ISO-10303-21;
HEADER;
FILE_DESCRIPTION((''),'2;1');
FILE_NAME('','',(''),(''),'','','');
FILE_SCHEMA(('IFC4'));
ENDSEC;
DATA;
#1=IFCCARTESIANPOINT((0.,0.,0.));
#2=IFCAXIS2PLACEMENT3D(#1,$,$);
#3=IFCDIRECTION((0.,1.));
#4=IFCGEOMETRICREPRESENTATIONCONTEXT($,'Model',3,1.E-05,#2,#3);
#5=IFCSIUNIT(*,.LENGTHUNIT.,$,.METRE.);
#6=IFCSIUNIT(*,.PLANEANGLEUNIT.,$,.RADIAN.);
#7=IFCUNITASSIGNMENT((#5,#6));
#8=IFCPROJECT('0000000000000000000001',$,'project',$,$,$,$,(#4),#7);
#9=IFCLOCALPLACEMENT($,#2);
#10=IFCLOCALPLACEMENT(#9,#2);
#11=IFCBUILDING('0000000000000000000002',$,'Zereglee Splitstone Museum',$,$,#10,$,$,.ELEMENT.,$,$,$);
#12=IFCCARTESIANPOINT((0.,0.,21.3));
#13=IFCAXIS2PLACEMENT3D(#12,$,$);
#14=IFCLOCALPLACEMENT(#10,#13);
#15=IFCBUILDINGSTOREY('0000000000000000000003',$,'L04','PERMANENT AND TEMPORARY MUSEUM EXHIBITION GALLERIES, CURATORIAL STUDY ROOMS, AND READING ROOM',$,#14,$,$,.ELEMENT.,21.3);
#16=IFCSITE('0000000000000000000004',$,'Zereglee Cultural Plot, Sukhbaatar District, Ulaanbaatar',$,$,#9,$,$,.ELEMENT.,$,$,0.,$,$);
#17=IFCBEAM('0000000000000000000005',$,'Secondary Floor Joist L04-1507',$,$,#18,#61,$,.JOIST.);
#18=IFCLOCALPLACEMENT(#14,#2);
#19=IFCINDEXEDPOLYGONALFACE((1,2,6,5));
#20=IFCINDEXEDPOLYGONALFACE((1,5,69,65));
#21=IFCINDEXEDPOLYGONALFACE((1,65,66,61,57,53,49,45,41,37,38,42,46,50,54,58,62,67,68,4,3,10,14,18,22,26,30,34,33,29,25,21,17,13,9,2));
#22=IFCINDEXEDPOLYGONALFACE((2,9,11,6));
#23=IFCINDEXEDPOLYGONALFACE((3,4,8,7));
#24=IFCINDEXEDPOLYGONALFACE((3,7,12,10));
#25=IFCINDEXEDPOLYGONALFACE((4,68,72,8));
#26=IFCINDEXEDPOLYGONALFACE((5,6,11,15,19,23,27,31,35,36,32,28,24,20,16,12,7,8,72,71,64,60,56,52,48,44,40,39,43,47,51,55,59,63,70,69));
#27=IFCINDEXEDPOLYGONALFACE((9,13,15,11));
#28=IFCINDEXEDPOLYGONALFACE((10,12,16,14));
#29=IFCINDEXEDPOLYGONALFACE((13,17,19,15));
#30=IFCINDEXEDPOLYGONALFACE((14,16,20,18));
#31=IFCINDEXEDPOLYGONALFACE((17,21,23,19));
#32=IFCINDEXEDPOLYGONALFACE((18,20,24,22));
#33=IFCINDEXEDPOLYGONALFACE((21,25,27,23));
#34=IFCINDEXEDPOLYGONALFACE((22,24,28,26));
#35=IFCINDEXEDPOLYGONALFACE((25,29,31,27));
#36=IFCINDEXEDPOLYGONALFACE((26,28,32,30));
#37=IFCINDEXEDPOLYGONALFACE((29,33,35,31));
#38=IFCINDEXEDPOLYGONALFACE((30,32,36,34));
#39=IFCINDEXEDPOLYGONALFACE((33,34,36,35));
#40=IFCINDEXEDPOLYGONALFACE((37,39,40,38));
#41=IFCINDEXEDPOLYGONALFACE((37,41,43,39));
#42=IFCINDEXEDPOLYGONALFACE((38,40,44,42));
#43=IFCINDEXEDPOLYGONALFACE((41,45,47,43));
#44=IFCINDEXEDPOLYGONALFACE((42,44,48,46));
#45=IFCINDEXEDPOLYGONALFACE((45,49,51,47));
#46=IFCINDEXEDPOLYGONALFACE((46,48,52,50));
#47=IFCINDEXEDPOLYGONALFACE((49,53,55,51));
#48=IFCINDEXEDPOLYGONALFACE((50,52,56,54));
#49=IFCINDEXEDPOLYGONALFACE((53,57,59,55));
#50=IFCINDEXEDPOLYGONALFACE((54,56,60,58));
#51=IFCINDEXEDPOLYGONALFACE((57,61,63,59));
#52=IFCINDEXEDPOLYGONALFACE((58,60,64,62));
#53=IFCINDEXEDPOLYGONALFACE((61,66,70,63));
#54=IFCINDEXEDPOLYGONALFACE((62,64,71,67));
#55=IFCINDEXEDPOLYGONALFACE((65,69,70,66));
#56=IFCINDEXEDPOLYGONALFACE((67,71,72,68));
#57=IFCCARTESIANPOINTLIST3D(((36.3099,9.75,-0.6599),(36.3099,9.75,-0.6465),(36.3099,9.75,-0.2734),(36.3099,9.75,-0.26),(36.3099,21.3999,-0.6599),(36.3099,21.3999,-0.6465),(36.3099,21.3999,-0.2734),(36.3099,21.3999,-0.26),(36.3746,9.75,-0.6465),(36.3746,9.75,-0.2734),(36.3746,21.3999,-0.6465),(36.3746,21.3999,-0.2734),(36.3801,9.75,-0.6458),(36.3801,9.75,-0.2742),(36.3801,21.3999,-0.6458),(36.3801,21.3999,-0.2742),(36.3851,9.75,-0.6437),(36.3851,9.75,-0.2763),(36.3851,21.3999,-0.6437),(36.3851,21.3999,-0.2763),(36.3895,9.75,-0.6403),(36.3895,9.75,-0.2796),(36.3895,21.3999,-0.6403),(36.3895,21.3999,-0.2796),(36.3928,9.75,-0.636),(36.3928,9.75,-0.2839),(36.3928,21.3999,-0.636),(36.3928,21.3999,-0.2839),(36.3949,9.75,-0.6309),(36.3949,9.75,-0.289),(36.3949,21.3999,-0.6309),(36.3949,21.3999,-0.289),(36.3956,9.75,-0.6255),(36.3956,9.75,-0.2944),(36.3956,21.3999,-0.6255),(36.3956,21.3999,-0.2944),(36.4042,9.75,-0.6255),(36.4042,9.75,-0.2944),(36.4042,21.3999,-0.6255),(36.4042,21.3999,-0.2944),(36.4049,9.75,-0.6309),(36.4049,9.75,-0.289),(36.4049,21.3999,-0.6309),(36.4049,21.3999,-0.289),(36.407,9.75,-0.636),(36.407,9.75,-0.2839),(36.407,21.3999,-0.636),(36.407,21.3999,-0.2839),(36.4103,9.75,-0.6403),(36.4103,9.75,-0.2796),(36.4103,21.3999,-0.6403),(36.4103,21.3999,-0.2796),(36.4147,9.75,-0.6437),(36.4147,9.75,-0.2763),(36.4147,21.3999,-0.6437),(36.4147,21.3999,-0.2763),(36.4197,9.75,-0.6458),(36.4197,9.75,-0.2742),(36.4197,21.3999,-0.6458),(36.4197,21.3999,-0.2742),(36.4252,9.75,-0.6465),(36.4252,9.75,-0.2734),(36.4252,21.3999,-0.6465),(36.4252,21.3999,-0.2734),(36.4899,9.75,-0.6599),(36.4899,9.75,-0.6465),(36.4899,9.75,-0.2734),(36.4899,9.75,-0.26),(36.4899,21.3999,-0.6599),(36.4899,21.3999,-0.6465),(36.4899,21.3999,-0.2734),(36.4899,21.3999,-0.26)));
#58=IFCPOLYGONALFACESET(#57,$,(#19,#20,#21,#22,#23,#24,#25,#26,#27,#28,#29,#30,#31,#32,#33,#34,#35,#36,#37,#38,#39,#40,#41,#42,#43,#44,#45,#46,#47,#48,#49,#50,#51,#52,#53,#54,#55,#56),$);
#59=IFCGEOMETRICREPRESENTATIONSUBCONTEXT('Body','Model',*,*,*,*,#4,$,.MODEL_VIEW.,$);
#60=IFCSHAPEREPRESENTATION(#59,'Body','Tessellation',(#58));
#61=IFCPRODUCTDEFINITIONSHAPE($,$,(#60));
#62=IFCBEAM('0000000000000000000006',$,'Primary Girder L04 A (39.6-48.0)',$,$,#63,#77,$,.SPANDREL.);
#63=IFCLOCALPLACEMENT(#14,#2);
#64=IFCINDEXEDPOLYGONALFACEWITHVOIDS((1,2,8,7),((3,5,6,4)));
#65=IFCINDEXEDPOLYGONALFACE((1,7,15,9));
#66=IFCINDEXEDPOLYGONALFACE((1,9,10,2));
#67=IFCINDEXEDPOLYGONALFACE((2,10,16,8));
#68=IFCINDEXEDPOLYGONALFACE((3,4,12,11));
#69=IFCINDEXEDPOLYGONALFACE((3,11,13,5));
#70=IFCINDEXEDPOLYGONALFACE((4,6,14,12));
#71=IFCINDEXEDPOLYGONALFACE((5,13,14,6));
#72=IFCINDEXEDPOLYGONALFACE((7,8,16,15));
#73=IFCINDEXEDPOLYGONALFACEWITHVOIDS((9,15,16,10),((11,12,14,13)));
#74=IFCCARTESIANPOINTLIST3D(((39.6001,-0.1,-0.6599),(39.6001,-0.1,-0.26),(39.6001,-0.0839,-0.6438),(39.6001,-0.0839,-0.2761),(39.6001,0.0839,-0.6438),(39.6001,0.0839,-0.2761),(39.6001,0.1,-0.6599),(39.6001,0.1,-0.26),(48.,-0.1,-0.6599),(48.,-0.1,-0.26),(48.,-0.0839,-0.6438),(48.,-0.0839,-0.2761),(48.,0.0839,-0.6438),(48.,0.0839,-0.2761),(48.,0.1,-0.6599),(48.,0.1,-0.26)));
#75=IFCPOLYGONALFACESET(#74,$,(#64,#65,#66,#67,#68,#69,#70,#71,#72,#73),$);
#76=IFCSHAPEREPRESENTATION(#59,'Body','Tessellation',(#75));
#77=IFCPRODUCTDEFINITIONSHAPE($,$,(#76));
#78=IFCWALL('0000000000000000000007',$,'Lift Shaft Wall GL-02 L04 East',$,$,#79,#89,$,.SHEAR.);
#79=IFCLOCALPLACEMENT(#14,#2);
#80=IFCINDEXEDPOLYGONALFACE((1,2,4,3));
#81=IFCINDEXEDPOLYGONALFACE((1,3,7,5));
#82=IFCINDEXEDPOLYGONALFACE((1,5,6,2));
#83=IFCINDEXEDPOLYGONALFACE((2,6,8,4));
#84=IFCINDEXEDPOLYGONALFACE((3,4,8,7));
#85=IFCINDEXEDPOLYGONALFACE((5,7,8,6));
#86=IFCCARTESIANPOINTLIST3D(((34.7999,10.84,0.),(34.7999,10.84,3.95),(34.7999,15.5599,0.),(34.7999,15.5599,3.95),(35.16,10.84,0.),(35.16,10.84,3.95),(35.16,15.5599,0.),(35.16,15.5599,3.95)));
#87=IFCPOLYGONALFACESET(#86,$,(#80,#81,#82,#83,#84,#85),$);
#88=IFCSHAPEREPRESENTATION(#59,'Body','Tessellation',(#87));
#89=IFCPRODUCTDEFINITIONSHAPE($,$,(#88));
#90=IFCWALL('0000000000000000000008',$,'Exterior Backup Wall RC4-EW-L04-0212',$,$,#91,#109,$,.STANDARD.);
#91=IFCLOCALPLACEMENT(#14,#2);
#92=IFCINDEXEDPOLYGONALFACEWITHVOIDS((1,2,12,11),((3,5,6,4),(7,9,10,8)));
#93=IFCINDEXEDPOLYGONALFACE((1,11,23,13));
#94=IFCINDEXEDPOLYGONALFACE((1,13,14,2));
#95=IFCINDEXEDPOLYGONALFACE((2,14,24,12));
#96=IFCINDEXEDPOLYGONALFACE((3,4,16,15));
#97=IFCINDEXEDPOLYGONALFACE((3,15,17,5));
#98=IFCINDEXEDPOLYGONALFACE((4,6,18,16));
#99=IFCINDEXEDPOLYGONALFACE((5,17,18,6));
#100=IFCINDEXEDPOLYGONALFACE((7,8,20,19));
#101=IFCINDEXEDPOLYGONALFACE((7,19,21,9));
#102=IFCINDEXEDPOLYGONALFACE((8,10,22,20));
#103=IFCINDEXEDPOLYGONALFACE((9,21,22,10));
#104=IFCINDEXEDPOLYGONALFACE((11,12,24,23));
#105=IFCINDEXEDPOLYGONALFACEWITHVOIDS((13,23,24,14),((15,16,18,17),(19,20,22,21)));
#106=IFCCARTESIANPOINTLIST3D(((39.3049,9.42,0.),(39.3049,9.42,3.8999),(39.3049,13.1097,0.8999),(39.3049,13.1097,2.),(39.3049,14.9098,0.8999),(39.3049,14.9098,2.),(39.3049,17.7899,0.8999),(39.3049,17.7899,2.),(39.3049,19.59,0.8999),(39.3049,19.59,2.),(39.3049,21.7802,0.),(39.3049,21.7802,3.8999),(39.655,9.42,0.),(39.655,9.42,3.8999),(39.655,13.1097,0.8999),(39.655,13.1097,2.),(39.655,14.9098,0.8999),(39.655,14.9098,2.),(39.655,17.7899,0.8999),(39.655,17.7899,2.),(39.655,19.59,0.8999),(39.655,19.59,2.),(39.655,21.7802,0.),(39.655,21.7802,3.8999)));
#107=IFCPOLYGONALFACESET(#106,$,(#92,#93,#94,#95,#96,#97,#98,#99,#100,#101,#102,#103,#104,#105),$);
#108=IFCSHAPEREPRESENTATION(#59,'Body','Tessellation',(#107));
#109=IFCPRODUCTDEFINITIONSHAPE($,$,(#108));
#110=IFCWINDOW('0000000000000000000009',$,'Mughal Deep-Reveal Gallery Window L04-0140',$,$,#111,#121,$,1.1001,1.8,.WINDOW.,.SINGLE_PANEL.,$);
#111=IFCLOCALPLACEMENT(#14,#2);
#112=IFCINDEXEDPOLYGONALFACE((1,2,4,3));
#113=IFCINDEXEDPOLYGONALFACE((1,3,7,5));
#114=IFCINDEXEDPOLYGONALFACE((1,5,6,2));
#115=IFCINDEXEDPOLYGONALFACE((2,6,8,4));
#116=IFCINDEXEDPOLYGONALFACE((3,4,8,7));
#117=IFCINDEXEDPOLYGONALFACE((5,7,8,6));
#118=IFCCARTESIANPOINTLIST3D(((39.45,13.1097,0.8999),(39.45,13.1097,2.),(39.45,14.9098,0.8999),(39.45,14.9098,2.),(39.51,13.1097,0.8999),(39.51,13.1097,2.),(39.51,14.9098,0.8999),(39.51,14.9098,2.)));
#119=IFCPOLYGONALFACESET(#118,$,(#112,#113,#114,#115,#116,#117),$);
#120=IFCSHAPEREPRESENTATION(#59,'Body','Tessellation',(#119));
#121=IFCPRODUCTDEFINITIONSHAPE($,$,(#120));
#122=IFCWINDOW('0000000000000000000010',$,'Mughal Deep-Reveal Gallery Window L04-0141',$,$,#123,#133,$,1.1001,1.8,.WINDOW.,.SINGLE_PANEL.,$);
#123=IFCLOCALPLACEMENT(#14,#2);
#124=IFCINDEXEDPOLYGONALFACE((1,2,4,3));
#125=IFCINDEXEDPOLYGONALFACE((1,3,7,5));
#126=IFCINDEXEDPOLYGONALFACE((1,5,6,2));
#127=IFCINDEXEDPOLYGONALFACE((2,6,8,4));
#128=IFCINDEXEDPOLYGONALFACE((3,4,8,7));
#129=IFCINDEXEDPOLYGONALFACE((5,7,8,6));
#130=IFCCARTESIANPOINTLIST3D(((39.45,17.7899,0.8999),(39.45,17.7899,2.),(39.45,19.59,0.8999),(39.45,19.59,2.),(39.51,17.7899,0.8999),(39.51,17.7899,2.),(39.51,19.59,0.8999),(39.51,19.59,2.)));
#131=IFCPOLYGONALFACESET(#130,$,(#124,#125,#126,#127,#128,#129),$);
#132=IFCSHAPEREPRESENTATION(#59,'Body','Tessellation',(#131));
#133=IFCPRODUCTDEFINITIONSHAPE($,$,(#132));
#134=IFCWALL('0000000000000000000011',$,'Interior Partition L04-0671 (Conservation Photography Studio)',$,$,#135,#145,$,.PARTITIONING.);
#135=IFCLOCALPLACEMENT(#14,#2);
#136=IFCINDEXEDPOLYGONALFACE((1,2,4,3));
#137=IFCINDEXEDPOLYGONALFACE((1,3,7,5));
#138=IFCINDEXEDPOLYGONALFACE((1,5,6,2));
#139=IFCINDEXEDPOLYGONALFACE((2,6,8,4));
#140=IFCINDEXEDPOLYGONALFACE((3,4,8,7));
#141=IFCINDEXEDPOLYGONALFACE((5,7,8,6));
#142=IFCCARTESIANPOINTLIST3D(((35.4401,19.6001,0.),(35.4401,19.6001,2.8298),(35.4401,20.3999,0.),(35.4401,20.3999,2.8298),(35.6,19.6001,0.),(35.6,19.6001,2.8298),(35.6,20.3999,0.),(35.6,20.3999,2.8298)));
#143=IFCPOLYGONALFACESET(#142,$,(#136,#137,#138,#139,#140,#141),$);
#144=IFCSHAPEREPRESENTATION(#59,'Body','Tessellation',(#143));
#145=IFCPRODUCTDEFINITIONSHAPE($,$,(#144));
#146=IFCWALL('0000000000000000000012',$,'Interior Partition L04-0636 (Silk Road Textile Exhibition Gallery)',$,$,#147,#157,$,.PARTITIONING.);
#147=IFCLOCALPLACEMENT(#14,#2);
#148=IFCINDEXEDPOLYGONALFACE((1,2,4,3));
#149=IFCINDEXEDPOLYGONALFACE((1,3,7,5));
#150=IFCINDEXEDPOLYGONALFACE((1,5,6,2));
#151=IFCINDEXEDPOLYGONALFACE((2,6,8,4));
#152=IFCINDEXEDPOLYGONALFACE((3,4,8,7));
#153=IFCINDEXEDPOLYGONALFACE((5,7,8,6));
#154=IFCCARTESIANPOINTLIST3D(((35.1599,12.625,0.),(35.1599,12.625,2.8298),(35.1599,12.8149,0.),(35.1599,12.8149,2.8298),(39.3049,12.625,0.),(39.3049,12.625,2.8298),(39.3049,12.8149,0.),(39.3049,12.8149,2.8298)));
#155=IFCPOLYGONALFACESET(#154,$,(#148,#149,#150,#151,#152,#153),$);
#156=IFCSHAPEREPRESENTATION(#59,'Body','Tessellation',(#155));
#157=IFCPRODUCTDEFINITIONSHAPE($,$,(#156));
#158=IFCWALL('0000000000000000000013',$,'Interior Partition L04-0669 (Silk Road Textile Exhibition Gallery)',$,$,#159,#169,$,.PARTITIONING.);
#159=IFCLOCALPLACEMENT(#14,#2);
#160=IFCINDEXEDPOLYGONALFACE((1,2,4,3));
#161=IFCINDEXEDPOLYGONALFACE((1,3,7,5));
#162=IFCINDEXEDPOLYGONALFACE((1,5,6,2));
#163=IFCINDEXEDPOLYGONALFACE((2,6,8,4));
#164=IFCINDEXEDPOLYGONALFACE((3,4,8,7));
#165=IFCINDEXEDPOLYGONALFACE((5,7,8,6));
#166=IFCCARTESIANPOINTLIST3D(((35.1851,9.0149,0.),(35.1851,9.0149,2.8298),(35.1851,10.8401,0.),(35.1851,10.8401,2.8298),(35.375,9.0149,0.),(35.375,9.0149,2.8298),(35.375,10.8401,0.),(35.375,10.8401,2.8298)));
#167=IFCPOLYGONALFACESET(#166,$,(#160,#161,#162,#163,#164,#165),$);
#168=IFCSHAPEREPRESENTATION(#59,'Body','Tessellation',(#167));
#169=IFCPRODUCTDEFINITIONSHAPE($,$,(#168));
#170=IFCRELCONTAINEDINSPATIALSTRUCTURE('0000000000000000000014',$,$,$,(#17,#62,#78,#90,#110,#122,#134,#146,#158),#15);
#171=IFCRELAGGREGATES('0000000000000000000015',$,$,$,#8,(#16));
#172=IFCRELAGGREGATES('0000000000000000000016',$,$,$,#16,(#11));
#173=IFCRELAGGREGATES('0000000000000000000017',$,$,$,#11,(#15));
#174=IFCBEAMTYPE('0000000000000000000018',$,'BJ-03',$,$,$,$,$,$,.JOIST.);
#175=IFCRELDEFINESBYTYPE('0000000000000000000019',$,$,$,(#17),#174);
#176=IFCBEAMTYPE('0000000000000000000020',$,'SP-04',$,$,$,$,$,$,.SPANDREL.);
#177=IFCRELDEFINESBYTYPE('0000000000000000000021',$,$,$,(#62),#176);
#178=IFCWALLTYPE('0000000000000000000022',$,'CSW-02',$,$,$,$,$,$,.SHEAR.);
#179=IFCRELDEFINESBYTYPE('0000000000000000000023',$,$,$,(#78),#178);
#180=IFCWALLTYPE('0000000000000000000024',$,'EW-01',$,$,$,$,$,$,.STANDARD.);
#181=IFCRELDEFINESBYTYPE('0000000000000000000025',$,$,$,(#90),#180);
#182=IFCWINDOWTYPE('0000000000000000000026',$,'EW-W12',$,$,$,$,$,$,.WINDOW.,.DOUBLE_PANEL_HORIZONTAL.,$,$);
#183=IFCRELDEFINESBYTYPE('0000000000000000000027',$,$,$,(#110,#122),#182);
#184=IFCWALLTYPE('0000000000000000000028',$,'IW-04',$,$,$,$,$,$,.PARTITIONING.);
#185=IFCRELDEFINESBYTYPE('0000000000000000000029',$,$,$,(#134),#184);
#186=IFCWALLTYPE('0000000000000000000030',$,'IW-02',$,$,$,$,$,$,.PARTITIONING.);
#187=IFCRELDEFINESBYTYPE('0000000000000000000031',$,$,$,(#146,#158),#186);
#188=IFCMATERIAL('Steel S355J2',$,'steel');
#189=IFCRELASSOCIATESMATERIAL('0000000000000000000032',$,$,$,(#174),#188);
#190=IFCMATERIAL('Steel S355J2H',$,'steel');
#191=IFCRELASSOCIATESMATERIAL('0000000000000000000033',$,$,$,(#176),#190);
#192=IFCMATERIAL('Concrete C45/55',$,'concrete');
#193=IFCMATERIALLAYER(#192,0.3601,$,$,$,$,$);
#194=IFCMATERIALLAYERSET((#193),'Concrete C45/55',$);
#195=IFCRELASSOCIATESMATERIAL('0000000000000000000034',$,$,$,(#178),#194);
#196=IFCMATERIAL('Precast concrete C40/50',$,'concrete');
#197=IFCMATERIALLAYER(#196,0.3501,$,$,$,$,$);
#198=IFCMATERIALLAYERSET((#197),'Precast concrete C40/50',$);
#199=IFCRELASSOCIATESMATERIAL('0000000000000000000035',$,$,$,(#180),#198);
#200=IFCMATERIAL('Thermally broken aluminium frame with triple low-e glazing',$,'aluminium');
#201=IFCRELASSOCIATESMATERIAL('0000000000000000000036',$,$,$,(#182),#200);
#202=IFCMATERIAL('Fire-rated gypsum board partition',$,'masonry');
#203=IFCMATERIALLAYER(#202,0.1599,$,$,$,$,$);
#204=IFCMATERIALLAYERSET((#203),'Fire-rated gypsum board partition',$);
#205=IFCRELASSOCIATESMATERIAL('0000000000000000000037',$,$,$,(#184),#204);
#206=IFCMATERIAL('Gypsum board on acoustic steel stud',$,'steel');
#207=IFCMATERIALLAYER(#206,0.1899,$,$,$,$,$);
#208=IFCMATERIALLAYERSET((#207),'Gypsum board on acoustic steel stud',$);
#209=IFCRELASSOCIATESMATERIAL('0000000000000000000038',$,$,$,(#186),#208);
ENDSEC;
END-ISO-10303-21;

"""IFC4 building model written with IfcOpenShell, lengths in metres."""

from ifc_helpers import new_model, si_unit, direction, frame, frame_2d, origin, origin_2d, place, context, subcontext, project, spatial, rectangle, hollow_rectangle, i_section, extrude, material, layer, layer_set, material_profile, profile_set, type_object, element, fill, save


model = new_model("IFC4")

# Units and contexts
model_context = context("Model", 3, precision=1e-05, world=origin(), true_north=direction((0.0, 1.0)))
body_context = subcontext(model_context, "Body", "Model", "MODEL_VIEW")
ifc_project = project(units=[si_unit("LENGTHUNIT", "METRE"), si_unit("PLANEANGLEUNIT", "RADIAN")], contexts=[model_context])

# Site, building, storey
site_placement = place(None, origin())
site = spatial("IfcSite", under=ifc_project, at=site_placement, Name="Zereglee Cultural Plot, Sukhbaatar District, Ulaanbaatar", CompositionType="ELEMENT", RefElevation=0.0)
building_placement = place(site_placement, origin())
building = spatial("IfcBuilding", under=site, at=building_placement, Name="Zereglee Splitstone Museum", CompositionType="ELEMENT")
storey_placement = place(building_placement, frame((0.0, 0.0, 21.3)))
storey = spatial("IfcBuildingStorey", under=building, at=storey_placement, Name="L04", Description="PERMANENT AND TEMPORARY MUSEUM EXHIBITION GALLERIES, CURATORIAL STUDY ROOMS, AND READING ROOM", CompositionType="ELEMENT", Elevation=21.3)

# Shared definitions
ifc_material_1 = material(Name="Steel S355J2", Category="steel")

# Beams
ifc_material_profile_1 = material_profile(ifc_material_1, i_section(OverallWidth=0.1799, OverallDepth=0.3999, WebThickness=0.0085, FlangeThickness=0.0134, FilletRadius=0.021, at=origin_2d()), Name="IPE 400")
ifc_profile_set_1 = profile_set([ifc_material_profile_1], Name="Steel S355J2")
beam_type_1 = type_object("IfcBeamType", Name="BJ-03", PredefinedType="JOIST", material=ifc_profile_set_1)
beam_1_placement = place(storey_placement, frame((36.3999, 9.75, -0.46), z_axis=(0.0, 1.0, 0.0), x_axis=(-1.0, 0.0, 0.0)))
element("IfcBeam", 1, at=beam_1_placement, inside=storey, type_object=beam_type_1, Name="Secondary Floor Joist L04-1507", PredefinedType="JOIST", context=body_context, shape_type="SweptSolid", body=[
    extrude(i_section(OverallWidth=0.1799, OverallDepth=0.3999, WebThickness=0.0085, FlangeThickness=0.0134, FilletRadius=0.021, at=origin_2d()), origin(), (0.0, 0.0, 1.0), 11.6499),
])
ifc_material_2 = material(Name="Steel S355J2H", Category="steel")
ifc_material_profile_2 = material_profile(ifc_material_2, hollow_rectangle(XDim=0.2, YDim=0.3999, WallThickness=0.0161, at=origin_2d()), Name="RHS 400x200x16")
ifc_profile_set_2 = profile_set([ifc_material_profile_2], Name="Steel S355J2H")
beam_type_2 = type_object("IfcBeamType", Name="SP-04", PredefinedType="SPANDREL", material=ifc_profile_set_2)
beam_2_placement = place(storey_placement, frame((39.6001, 0.0, -0.46), z_axis=(1.0, 0.0, 0.0), x_axis=(0.0, 1.0, 0.0)))
element("IfcBeam", 2, at=beam_2_placement, inside=storey, type_object=beam_type_2, Name="Primary Girder L04 A (39.6-48.0)", PredefinedType="SPANDREL", context=body_context, shape_type="SweptSolid", body=[
    extrude(hollow_rectangle(XDim=0.2, YDim=0.3999, WallThickness=0.0161, at=origin_2d()), origin(), (0.0, 0.0, 1.0), 8.3999),
])

# Wall
ifc_material_3 = material(Name="Concrete C45/55", Category="concrete")
ifc_layer_1 = layer(ifc_material_3, 0.3601)
ifc_layer_set_1 = layer_set([ifc_layer_1], Name="Concrete C45/55")
wall_type_1 = type_object("IfcWallType", Name="CSW-02", PredefinedType="SHEAR", material=ifc_layer_set_1)
wall_1_placement = place(storey_placement, frame((34.98, 10.8401, 0.0), z_axis=(0.0, 0.0, 1.0), x_axis=(0.0, 1.0, 0.0)))
element("IfcWall", 3, at=wall_1_placement, inside=storey, type_object=wall_type_1, Name="Lift Shaft Wall GL-02 L04 East", PredefinedType="SHEAR", context=body_context, shape_type="SweptSolid", body=[
    extrude(rectangle(XDim=4.72, YDim=0.3601, at=frame_2d((2.3599, 0.0))), origin(), (0.0, 0.0, 1.0), 3.95),
])

# Shared definitions
ifc_material_4 = material(Name="Precast concrete C40/50", Category="concrete")
ifc_layer_2 = layer(ifc_material_4, 0.3501)
ifc_layer_set_2 = layer_set([ifc_layer_2], Name="Precast concrete C40/50")
wall_type_2 = type_object("IfcWallType", Name="EW-01", PredefinedType="STANDARD", material=ifc_layer_set_2)

# Wall, openings, windows
wall_2_placement = place(storey_placement, frame((39.48, 9.4199, 0.0), z_axis=(0.0, 0.0, 1.0), x_axis=(0.0, 1.0, 0.0)))
wall_2 = element("IfcWall", 4, at=wall_2_placement, inside=storey, type_object=wall_type_2, Name="Exterior Backup Wall RC4-EW-L04-0212", PredefinedType="STANDARD", context=body_context, shape_type="SweptSolid", body=[
    extrude(rectangle(XDim=12.3601, YDim=0.3501, at=frame_2d((6.1802, 0.0))), origin(), (0.0, 0.0, 1.0), 3.8999),
])
opening_1_placement = place(wall_2_placement, frame((3.6899, 0.0, 0.8999)))
opening_1 = element("IfcOpeningElement", 5, at=opening_1_placement, cuts=wall_2, PredefinedType="OPENING", context=body_context, shape_type="SweptSolid", body=[
    extrude(rectangle(XDim=1.8, YDim=1.1001, at=frame_2d((0.8999, 0.55))), frame((0.0, 0.1899, 0.0), z_axis=(0.0, -1.0, 0.0), x_axis=(1.0, 0.0, 0.0)), (0.0, 0.0, 1.0), 0.3799),
])
opening_2_placement = place(wall_2_placement, frame((8.3701, 0.0, 0.8999)))
opening_2 = element("IfcOpeningElement", 6, at=opening_2_placement, cuts=wall_2, PredefinedType="OPENING", context=body_context, shape_type="SweptSolid", body=[
    extrude(rectangle(XDim=1.8, YDim=1.1001, at=frame_2d((0.8999, 0.55))), frame((0.0, 0.1899, 0.0), z_axis=(0.0, -1.0, 0.0), x_axis=(1.0, 0.0, 0.0)), (0.0, 0.0, 1.0), 0.3799),
])
ifc_material_5 = material(Name="Thermally broken aluminium frame with triple low-e glazing", Category="aluminium")
window_type = type_object("IfcWindowType", Name="EW-W12", PartitioningType="DOUBLE_PANEL_HORIZONTAL", PredefinedType="WINDOW", material=ifc_material_5)
window_1_placement = place(opening_1_placement, origin())
window_1 = element("IfcWindow", 7, at=window_1_placement, inside=storey, type_object=window_type, Name="Mughal Deep-Reveal Gallery Window L04-0140", OverallHeight=1.1001, OverallWidth=1.8, PartitioningType="SINGLE_PANEL", PredefinedType="WINDOW", context=body_context, shape_type="SweptSolid", body=[
    extrude(rectangle(XDim=1.8, YDim=1.1001, at=frame_2d((0.8999, 0.55))), frame((0.0, 0.03, 0.0), z_axis=(0.0, -1.0, 0.0), x_axis=(1.0, 0.0, 0.0)), (0.0, 0.0, 1.0), 0.0601),
])
fill(opening_1, window_1)
window_2_placement = place(opening_2_placement, origin())
window_2 = element("IfcWindow", 8, at=window_2_placement, inside=storey, type_object=window_type, Name="Mughal Deep-Reveal Gallery Window L04-0141", OverallHeight=1.1001, OverallWidth=1.8, PartitioningType="SINGLE_PANEL", PredefinedType="WINDOW", context=body_context, shape_type="SweptSolid", body=[
    extrude(rectangle(XDim=1.8, YDim=1.1001, at=frame_2d((0.8999, 0.55))), frame((0.0, 0.03, 0.0), z_axis=(0.0, -1.0, 0.0), x_axis=(1.0, 0.0, 0.0)), (0.0, 0.0, 1.0), 0.0601),
])
fill(opening_2, window_2)

# Walls
ifc_material_6 = material(Name="Fire-rated gypsum board partition", Category="masonry")
ifc_layer_3 = layer(ifc_material_6, 0.1599)
ifc_layer_set_3 = layer_set([ifc_layer_3], Name="Fire-rated gypsum board partition")
wall_type_3 = type_object("IfcWallType", Name="IW-04", PredefinedType="PARTITIONING", material=ifc_layer_set_3)
wall_3_placement = place(storey_placement, frame((35.52, 19.6001, 0.0), z_axis=(0.0, 0.0, 1.0), x_axis=(0.0, 1.0, 0.0)))
element("IfcWall", 9, at=wall_3_placement, inside=storey, type_object=wall_type_3, Name="Interior Partition L04-0671 (Conservation Photography Studio)", PredefinedType="PARTITIONING", context=body_context, shape_type="SweptSolid", body=[
    extrude(rectangle(XDim=0.7998, YDim=0.1599, at=frame_2d((0.3999, 0.0))), origin(), (0.0, 0.0, 1.0), 2.8298),
])
ifc_material_7 = material(Name="Gypsum board on acoustic steel stud", Category="steel")
ifc_layer_4 = layer(ifc_material_7, 0.1899)
ifc_layer_set_4 = layer_set([ifc_layer_4], Name="Gypsum board on acoustic steel stud")
wall_type_4 = type_object("IfcWallType", Name="IW-02", PredefinedType="PARTITIONING", material=ifc_layer_set_4)
wall_4_placement = place(storey_placement, frame((35.1599, 12.72, 0.0), z_axis=(0.0, 0.0, 1.0), x_axis=(1.0, 0.0, 0.0)))
element("IfcWall", 10, at=wall_4_placement, inside=storey, type_object=wall_type_4, Name="Interior Partition L04-0636 (Silk Road Textile Exhibition Gallery)", PredefinedType="PARTITIONING", context=body_context, shape_type="SweptSolid", body=[
    extrude(rectangle(XDim=4.145, YDim=0.1899, at=frame_2d((2.0725, 0.0))), origin(), (0.0, 0.0, 1.0), 2.8298),
])
wall_5_placement = place(storey_placement, frame((35.28, 9.0149, 0.0), z_axis=(0.0, 0.0, 1.0), x_axis=(0.0, 1.0, 0.0)))
element("IfcWall", 11, at=wall_5_placement, inside=storey, type_object=wall_type_4, Name="Interior Partition L04-0669 (Silk Road Textile Exhibition Gallery)", PredefinedType="PARTITIONING", context=body_context, shape_type="SweptSolid", body=[
    extrude(rectangle(XDim=1.8252, YDim=0.1899, at=frame_2d((0.9126, 0.0))), origin(), (0.0, 0.0, 1.0), 2.8298),
])

save(model, "model.ifc")
